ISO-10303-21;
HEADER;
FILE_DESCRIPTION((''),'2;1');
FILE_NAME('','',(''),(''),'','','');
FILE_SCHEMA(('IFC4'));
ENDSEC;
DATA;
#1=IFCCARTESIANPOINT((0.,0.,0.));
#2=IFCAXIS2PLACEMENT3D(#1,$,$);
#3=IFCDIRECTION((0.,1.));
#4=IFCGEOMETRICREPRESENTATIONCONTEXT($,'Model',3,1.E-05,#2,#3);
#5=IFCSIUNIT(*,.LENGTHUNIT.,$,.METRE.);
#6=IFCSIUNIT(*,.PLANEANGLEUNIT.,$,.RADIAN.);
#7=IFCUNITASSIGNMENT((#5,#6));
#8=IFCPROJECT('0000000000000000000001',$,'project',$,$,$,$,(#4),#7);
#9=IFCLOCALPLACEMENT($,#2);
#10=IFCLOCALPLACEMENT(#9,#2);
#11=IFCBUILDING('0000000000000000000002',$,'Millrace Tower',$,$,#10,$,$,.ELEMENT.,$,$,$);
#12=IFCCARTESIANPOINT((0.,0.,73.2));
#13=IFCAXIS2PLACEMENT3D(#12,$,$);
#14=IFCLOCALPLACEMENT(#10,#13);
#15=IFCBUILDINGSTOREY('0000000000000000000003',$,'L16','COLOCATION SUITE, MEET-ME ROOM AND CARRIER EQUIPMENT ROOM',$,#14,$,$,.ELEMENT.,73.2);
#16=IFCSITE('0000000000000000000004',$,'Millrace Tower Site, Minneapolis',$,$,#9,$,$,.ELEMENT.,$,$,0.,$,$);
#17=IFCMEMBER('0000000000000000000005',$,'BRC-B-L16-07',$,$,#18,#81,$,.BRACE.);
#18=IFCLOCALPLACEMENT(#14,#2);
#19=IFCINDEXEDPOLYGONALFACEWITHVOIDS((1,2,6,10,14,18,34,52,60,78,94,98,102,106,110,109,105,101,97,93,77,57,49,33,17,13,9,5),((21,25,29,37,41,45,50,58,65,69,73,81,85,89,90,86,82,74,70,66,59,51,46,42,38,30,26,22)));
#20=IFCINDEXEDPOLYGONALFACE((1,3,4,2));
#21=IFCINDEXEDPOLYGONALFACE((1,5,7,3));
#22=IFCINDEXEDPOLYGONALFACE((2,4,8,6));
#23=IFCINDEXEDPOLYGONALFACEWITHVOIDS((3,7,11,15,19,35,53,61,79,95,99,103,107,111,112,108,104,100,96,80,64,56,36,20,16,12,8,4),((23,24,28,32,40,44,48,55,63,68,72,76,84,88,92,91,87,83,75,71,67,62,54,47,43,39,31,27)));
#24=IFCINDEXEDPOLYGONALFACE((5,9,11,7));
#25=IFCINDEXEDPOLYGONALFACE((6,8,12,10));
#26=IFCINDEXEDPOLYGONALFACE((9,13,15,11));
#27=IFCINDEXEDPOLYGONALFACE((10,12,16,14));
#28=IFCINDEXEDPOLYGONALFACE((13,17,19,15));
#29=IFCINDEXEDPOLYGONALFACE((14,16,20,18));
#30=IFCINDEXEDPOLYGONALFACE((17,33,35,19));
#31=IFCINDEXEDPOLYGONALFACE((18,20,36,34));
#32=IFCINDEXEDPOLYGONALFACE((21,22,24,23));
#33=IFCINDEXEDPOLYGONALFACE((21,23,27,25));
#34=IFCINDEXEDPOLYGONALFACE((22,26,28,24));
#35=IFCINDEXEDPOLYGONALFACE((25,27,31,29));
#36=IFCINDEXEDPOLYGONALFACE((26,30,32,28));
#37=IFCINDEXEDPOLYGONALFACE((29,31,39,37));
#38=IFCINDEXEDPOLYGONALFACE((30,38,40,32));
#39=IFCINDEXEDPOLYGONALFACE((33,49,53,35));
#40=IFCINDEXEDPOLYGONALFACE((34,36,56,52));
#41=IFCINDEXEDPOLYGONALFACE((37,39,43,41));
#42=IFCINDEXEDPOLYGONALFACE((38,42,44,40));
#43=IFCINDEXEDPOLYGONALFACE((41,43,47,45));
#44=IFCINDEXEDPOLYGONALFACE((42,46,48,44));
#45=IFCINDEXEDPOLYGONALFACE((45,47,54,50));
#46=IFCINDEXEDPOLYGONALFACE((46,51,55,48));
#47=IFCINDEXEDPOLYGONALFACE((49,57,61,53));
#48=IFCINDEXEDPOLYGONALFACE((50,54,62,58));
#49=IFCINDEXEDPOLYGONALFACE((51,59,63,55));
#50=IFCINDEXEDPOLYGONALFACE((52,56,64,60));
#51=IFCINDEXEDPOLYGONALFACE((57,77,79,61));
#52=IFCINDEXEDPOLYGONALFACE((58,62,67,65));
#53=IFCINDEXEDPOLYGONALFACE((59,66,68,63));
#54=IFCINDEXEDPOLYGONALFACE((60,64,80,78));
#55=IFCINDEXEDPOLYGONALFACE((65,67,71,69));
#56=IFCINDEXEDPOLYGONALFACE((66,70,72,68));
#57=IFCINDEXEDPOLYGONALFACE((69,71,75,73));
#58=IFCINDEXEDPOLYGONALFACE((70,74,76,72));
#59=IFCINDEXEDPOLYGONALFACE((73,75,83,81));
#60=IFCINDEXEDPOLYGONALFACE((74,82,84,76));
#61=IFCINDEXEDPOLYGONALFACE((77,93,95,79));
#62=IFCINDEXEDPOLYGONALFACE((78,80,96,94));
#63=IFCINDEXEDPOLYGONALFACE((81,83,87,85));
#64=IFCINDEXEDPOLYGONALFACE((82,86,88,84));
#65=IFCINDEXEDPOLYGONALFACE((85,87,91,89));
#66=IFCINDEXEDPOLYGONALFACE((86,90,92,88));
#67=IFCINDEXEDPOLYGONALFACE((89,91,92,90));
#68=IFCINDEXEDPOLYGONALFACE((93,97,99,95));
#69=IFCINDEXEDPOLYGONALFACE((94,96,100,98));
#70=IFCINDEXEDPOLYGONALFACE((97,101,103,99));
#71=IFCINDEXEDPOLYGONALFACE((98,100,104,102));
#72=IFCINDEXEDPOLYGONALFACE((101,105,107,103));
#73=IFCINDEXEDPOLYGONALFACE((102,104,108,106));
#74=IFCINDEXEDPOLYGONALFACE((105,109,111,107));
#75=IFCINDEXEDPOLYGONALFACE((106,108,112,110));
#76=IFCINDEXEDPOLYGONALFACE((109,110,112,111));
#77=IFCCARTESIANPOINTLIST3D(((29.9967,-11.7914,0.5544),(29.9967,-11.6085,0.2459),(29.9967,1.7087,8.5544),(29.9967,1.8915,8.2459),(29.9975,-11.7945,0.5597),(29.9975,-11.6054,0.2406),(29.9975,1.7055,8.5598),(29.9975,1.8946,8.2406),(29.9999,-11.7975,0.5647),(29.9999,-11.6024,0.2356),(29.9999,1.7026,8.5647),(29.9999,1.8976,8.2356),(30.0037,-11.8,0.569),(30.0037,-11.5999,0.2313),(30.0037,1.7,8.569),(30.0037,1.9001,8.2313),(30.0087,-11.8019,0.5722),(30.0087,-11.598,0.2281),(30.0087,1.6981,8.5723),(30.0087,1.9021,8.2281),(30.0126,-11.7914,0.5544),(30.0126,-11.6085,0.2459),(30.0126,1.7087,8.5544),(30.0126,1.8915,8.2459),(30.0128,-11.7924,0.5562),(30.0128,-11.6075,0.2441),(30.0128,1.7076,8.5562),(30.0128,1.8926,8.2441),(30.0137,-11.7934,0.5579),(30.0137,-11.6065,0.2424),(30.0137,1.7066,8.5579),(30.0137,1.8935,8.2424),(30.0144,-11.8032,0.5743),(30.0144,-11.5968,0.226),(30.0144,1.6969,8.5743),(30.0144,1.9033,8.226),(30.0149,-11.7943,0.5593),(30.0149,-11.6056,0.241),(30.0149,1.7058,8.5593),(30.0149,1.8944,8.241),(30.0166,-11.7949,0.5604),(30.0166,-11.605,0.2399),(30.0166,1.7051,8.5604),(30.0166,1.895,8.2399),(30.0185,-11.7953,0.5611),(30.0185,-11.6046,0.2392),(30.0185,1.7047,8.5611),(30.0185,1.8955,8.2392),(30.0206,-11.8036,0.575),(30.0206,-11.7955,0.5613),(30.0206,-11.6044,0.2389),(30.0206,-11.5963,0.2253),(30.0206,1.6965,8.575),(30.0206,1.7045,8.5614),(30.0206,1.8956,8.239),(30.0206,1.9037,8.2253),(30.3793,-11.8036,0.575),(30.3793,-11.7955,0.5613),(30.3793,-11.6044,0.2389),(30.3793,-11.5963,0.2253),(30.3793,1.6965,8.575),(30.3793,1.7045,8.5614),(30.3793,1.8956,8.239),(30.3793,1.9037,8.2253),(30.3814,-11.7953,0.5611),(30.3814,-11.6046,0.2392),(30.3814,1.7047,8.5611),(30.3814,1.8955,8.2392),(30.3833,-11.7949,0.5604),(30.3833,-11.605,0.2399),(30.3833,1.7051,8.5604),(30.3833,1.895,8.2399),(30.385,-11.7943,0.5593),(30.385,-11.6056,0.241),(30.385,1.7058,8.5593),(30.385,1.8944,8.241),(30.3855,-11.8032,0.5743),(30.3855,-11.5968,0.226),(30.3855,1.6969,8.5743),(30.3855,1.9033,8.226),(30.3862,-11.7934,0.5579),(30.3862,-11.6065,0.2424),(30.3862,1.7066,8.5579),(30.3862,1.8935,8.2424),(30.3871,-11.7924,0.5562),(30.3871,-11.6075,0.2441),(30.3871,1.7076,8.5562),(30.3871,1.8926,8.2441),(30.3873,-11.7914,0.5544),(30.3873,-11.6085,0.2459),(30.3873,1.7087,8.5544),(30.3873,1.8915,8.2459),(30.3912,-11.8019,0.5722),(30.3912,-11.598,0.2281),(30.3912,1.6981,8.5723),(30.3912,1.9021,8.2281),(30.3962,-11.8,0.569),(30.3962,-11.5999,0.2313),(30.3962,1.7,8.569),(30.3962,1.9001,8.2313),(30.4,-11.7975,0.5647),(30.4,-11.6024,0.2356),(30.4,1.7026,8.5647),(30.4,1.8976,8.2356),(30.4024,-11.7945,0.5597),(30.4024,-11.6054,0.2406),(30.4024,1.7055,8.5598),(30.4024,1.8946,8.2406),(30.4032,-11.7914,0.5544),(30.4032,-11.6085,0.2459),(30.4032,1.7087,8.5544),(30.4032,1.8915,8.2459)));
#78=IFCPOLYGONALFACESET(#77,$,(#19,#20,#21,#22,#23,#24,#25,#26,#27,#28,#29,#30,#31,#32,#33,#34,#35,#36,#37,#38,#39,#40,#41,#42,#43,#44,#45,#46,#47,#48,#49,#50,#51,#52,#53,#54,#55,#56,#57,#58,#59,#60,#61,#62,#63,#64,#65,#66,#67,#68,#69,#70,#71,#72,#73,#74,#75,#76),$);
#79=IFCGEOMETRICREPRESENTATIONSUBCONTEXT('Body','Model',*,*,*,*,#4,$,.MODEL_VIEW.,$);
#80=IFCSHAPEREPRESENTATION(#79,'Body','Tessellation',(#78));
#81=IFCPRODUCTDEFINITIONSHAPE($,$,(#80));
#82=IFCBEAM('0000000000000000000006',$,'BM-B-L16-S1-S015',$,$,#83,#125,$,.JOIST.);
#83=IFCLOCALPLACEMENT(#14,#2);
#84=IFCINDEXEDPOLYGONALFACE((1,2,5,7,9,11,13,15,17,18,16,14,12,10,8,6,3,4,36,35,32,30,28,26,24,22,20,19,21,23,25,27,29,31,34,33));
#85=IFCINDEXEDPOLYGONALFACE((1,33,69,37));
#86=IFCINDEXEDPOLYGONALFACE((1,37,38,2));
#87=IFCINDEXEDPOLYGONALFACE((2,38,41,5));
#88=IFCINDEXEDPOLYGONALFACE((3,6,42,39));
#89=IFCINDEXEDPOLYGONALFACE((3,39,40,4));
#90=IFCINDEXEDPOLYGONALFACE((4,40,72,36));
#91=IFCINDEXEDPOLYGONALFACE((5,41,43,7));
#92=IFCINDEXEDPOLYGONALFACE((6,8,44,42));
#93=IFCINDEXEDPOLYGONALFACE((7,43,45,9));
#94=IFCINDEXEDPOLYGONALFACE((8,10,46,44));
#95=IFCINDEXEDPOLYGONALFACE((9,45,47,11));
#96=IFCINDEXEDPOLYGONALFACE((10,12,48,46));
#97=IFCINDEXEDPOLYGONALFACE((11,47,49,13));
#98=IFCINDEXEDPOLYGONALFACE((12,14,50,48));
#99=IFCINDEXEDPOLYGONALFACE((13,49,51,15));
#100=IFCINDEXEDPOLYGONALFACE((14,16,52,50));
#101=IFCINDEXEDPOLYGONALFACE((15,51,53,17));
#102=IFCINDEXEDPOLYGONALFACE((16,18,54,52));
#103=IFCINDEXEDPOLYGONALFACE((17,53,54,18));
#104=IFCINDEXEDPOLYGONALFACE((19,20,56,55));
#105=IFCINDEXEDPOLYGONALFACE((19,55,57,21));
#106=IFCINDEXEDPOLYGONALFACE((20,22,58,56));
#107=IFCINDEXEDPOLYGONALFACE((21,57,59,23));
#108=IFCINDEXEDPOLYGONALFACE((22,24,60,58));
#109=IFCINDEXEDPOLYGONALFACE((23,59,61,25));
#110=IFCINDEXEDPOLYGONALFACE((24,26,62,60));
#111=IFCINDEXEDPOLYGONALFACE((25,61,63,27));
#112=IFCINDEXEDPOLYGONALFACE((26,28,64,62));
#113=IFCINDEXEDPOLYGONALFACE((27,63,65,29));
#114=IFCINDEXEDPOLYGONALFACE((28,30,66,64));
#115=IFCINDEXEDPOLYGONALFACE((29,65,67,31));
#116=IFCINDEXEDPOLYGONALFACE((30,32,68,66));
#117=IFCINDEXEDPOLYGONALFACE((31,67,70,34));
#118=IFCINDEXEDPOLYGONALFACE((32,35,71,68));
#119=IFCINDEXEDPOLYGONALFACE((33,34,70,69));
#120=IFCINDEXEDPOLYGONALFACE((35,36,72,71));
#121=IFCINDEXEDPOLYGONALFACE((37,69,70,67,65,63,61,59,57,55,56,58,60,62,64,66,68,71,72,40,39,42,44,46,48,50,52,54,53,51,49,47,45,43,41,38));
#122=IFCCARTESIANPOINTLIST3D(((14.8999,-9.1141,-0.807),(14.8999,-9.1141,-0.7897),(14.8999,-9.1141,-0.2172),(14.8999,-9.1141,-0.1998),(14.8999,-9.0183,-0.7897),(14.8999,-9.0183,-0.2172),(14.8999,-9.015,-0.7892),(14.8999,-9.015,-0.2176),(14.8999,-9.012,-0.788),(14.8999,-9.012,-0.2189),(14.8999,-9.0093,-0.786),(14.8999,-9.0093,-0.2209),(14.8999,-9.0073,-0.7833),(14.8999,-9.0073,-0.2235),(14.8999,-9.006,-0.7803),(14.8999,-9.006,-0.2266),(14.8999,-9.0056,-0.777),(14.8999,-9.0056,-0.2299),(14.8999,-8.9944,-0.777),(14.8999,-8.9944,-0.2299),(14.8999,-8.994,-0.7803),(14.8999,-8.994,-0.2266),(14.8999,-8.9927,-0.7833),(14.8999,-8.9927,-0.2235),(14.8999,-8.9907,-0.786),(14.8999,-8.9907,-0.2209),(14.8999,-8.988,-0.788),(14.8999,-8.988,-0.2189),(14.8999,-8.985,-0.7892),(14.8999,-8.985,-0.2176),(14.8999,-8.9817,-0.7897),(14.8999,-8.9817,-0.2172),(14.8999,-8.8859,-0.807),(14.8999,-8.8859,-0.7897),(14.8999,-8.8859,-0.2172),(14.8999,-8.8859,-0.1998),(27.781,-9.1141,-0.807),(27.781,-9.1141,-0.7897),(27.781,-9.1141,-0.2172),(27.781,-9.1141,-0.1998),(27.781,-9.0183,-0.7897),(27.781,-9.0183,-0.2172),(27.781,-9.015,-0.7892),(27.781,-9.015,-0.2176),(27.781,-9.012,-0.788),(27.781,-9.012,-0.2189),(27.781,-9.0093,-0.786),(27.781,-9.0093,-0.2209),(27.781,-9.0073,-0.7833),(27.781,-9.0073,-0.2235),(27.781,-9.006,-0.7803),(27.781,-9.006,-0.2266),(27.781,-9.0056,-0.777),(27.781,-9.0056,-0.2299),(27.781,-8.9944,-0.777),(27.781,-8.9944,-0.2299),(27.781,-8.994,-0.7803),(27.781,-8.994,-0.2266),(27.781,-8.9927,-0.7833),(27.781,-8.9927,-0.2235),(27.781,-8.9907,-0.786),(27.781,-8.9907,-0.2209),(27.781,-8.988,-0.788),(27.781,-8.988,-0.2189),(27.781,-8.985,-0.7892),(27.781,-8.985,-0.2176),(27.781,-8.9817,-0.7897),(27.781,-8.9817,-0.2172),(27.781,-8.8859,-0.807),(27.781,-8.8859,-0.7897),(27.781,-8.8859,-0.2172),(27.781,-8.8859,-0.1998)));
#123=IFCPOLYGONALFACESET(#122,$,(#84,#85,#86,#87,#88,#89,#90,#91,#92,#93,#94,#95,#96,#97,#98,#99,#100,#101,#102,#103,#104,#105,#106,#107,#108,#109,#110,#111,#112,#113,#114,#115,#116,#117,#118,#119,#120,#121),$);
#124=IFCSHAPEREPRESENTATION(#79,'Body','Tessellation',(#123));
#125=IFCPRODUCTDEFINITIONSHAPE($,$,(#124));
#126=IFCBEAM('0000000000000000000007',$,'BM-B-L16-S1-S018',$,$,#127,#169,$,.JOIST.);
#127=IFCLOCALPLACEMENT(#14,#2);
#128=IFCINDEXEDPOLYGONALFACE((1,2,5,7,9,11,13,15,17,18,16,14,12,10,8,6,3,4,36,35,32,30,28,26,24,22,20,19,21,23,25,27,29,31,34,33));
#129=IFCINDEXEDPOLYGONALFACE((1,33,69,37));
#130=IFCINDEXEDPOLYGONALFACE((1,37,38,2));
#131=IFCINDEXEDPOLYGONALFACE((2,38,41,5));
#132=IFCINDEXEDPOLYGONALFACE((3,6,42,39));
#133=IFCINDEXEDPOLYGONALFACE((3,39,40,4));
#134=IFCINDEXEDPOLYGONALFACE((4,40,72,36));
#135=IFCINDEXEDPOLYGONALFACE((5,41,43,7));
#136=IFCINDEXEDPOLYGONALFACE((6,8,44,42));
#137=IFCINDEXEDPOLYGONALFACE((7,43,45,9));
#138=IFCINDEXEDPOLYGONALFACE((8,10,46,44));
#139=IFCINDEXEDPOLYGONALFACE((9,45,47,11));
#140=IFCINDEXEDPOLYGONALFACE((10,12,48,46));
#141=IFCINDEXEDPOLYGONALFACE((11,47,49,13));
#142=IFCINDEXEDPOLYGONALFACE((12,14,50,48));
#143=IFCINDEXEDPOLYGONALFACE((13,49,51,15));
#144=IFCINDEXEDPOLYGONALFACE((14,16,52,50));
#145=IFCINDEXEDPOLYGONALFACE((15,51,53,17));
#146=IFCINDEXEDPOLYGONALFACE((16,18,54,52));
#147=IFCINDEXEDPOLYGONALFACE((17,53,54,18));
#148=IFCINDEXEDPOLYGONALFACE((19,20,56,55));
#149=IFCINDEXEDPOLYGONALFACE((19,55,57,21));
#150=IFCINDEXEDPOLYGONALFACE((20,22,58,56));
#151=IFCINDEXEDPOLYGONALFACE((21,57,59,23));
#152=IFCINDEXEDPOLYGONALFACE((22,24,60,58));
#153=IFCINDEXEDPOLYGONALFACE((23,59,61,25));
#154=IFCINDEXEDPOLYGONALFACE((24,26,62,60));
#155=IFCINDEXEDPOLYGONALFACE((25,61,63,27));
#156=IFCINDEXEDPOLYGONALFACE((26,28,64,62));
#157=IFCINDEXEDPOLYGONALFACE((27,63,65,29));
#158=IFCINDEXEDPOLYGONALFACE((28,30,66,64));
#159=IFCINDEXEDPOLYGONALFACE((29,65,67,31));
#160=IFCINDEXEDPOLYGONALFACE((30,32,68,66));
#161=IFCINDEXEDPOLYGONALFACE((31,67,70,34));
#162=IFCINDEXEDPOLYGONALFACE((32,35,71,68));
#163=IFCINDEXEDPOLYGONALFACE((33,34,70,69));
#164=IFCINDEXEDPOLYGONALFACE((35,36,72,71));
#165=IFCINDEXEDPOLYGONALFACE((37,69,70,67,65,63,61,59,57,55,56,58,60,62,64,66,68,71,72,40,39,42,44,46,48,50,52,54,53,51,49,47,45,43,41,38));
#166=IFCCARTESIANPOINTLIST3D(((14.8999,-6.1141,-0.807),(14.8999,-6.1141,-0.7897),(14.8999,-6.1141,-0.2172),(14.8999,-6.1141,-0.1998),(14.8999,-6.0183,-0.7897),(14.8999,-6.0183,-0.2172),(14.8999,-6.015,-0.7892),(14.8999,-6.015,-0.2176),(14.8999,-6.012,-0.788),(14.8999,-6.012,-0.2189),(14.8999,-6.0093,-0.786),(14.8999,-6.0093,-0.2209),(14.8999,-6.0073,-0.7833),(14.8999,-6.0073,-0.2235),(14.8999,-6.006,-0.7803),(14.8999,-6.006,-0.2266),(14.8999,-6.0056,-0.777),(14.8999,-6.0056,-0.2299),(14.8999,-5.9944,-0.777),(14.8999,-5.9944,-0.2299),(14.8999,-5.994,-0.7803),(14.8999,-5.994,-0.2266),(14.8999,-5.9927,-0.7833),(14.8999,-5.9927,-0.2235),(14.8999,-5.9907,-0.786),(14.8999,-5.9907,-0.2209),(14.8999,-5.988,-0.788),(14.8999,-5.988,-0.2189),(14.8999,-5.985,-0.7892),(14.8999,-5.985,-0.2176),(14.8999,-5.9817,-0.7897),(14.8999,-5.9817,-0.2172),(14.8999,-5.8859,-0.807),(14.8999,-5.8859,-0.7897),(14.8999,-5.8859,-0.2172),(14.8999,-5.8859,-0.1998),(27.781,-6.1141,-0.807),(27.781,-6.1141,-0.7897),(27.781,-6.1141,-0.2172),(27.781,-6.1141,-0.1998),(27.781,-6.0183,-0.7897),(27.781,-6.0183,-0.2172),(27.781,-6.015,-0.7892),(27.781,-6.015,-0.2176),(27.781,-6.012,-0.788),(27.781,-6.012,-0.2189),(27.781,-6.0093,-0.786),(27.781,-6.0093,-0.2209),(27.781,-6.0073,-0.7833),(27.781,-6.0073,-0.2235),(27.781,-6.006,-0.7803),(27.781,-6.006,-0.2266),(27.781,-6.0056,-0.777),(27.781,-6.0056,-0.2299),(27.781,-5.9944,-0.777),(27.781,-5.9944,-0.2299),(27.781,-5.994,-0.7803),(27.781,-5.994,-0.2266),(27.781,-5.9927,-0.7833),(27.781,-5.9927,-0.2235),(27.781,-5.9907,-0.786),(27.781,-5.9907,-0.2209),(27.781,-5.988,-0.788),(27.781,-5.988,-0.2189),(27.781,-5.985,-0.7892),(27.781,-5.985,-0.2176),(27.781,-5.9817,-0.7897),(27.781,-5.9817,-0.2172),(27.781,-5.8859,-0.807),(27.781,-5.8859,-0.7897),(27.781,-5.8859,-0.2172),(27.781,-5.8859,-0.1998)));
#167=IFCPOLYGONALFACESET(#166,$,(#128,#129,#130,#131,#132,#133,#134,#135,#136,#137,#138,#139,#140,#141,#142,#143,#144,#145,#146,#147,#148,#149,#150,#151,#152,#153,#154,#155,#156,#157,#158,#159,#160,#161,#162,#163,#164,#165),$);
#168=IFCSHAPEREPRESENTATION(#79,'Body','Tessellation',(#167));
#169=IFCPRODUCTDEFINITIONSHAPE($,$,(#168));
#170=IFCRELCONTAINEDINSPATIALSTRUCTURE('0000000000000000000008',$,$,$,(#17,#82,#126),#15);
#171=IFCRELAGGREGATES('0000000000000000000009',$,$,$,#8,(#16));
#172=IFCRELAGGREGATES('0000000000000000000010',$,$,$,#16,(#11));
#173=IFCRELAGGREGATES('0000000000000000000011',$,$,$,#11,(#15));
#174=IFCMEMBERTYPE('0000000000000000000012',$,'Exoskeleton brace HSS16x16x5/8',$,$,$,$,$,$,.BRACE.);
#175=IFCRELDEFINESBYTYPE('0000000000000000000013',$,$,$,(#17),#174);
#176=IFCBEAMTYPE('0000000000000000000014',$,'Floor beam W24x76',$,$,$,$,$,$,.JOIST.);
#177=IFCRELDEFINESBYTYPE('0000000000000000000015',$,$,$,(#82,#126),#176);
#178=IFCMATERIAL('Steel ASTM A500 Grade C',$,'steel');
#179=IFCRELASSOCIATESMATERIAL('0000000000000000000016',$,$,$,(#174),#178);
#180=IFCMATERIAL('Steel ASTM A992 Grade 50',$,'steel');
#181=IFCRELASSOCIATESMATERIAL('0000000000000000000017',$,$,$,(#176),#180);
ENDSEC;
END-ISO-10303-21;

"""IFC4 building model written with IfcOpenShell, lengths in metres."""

from ifc_helpers import new_model, si_unit, direction, frame, origin, origin_2d, place, context, subcontext, project, spatial, hollow_rectangle, i_section, extrude, material, material_profile, profile_set, type_object, element, save


model = new_model("IFC4")

# Units and contexts
model_context = context("Model", 3, precision=1e-05, world=origin(), true_north=direction((0.0, 1.0)))
body_context = subcontext(model_context, "Body", "Model", "MODEL_VIEW")
ifc_project = project(units=[si_unit("LENGTHUNIT", "METRE"), si_unit("PLANEANGLEUNIT", "RADIAN")], contexts=[model_context])

# Site, building, storey
site_placement = place(None, origin())
site = spatial("IfcSite", under=ifc_project, at=site_placement, Name="Millrace Tower Site, Minneapolis", CompositionType="ELEMENT", RefElevation=0.0)
building_placement = place(site_placement, origin())
building = spatial("IfcBuilding", under=site, at=building_placement, Name="Millrace Tower", CompositionType="ELEMENT")
storey_placement = place(building_placement, frame((0.0, 0.0, 73.2)))
storey = spatial("IfcBuildingStorey", under=building, at=storey_placement, Name="L16", Description="COLOCATION SUITE, MEET-ME ROOM AND CARRIER EQUIPMENT ROOM", CompositionType="ELEMENT", Elevation=73.2)

# Member
ifc_material_1 = material(Name="Steel ASTM A500 Grade C", Category="steel")
ifc_material_profile_1 = material_profile(ifc_material_1, hollow_rectangle(XDim=0.4065, YDim=0.4065, WallThickness=0.0159, InnerFilletRadius=0.0081, OuterFilletRadius=0.0239, at=origin_2d()))
ifc_profile_set_1 = profile_set([ifc_material_profile_1], Name="Steel ASTM A500 Grade C")
member_type_1 = type_object("IfcMemberType", Name="Exoskeleton brace HSS16x16x5/8", PredefinedType="BRACE", material=ifc_profile_set_1)
member_1_placement = place(storey_placement, frame((30.2, -11.7, 0.4001), z_axis=(0.0, 0.860292, 0.509802), x_axis=(-1.0, 0.0, 0.0)))
element("IfcMember", 1, at=member_1_placement, inside=storey, type_object=member_type_1, Name="BRC-B-L16-07", PredefinedType="BRACE", context=body_context, shape_type="SweptSolid", body=[
    extrude(hollow_rectangle(XDim=0.4065, YDim=0.4065, WallThickness=0.0159, InnerFilletRadius=0.0081, OuterFilletRadius=0.0239, at=origin_2d()), origin(), (0.0, 0.0, 1.0), 15.6924),
])

# Beams
ifc_material_2 = material(Name="Steel ASTM A992 Grade 50", Category="steel")
ifc_material_profile_2 = material_profile(ifc_material_2, i_section(OverallWidth=0.2283, OverallDepth=0.6072, WebThickness=0.0112, FlangeThickness=0.0173, FilletRadius=0.0127, at=origin_2d()))
ifc_profile_set_2 = profile_set([ifc_material_profile_2], Name="Steel ASTM A992 Grade 50")
beam_type_1 = type_object("IfcBeamType", Name="Floor beam W24x76", PredefinedType="JOIST", material=ifc_profile_set_2)
for number, where, z_axis, x_axis, name in (
    (2, (14.8999, -9.0, -0.5034), (1.0, 0.0, 0.0), (0.0, 1.0, 0.0), "BM-B-L16-S1-S015"),
    (3, (14.8999, -6.0, -0.5034), (1.0, 0.0, 0.0), (0.0, 1.0, 0.0), "BM-B-L16-S1-S018"),
):
    element("IfcBeam", number, at=place(storey_placement, frame(where, z_axis=z_axis, x_axis=x_axis)), inside=storey, type_object=beam_type_1, Name=name, PredefinedType="JOIST", context=body_context, shape_type="SweptSolid", body=[
        extrude(i_section(OverallWidth=0.2283, OverallDepth=0.6072, WebThickness=0.0112, FlangeThickness=0.0173, FilletRadius=0.0127, at=origin_2d()), origin(), (0.0, 0.0, 1.0), 12.8811),
    ])

save(model, "model.ifc")
